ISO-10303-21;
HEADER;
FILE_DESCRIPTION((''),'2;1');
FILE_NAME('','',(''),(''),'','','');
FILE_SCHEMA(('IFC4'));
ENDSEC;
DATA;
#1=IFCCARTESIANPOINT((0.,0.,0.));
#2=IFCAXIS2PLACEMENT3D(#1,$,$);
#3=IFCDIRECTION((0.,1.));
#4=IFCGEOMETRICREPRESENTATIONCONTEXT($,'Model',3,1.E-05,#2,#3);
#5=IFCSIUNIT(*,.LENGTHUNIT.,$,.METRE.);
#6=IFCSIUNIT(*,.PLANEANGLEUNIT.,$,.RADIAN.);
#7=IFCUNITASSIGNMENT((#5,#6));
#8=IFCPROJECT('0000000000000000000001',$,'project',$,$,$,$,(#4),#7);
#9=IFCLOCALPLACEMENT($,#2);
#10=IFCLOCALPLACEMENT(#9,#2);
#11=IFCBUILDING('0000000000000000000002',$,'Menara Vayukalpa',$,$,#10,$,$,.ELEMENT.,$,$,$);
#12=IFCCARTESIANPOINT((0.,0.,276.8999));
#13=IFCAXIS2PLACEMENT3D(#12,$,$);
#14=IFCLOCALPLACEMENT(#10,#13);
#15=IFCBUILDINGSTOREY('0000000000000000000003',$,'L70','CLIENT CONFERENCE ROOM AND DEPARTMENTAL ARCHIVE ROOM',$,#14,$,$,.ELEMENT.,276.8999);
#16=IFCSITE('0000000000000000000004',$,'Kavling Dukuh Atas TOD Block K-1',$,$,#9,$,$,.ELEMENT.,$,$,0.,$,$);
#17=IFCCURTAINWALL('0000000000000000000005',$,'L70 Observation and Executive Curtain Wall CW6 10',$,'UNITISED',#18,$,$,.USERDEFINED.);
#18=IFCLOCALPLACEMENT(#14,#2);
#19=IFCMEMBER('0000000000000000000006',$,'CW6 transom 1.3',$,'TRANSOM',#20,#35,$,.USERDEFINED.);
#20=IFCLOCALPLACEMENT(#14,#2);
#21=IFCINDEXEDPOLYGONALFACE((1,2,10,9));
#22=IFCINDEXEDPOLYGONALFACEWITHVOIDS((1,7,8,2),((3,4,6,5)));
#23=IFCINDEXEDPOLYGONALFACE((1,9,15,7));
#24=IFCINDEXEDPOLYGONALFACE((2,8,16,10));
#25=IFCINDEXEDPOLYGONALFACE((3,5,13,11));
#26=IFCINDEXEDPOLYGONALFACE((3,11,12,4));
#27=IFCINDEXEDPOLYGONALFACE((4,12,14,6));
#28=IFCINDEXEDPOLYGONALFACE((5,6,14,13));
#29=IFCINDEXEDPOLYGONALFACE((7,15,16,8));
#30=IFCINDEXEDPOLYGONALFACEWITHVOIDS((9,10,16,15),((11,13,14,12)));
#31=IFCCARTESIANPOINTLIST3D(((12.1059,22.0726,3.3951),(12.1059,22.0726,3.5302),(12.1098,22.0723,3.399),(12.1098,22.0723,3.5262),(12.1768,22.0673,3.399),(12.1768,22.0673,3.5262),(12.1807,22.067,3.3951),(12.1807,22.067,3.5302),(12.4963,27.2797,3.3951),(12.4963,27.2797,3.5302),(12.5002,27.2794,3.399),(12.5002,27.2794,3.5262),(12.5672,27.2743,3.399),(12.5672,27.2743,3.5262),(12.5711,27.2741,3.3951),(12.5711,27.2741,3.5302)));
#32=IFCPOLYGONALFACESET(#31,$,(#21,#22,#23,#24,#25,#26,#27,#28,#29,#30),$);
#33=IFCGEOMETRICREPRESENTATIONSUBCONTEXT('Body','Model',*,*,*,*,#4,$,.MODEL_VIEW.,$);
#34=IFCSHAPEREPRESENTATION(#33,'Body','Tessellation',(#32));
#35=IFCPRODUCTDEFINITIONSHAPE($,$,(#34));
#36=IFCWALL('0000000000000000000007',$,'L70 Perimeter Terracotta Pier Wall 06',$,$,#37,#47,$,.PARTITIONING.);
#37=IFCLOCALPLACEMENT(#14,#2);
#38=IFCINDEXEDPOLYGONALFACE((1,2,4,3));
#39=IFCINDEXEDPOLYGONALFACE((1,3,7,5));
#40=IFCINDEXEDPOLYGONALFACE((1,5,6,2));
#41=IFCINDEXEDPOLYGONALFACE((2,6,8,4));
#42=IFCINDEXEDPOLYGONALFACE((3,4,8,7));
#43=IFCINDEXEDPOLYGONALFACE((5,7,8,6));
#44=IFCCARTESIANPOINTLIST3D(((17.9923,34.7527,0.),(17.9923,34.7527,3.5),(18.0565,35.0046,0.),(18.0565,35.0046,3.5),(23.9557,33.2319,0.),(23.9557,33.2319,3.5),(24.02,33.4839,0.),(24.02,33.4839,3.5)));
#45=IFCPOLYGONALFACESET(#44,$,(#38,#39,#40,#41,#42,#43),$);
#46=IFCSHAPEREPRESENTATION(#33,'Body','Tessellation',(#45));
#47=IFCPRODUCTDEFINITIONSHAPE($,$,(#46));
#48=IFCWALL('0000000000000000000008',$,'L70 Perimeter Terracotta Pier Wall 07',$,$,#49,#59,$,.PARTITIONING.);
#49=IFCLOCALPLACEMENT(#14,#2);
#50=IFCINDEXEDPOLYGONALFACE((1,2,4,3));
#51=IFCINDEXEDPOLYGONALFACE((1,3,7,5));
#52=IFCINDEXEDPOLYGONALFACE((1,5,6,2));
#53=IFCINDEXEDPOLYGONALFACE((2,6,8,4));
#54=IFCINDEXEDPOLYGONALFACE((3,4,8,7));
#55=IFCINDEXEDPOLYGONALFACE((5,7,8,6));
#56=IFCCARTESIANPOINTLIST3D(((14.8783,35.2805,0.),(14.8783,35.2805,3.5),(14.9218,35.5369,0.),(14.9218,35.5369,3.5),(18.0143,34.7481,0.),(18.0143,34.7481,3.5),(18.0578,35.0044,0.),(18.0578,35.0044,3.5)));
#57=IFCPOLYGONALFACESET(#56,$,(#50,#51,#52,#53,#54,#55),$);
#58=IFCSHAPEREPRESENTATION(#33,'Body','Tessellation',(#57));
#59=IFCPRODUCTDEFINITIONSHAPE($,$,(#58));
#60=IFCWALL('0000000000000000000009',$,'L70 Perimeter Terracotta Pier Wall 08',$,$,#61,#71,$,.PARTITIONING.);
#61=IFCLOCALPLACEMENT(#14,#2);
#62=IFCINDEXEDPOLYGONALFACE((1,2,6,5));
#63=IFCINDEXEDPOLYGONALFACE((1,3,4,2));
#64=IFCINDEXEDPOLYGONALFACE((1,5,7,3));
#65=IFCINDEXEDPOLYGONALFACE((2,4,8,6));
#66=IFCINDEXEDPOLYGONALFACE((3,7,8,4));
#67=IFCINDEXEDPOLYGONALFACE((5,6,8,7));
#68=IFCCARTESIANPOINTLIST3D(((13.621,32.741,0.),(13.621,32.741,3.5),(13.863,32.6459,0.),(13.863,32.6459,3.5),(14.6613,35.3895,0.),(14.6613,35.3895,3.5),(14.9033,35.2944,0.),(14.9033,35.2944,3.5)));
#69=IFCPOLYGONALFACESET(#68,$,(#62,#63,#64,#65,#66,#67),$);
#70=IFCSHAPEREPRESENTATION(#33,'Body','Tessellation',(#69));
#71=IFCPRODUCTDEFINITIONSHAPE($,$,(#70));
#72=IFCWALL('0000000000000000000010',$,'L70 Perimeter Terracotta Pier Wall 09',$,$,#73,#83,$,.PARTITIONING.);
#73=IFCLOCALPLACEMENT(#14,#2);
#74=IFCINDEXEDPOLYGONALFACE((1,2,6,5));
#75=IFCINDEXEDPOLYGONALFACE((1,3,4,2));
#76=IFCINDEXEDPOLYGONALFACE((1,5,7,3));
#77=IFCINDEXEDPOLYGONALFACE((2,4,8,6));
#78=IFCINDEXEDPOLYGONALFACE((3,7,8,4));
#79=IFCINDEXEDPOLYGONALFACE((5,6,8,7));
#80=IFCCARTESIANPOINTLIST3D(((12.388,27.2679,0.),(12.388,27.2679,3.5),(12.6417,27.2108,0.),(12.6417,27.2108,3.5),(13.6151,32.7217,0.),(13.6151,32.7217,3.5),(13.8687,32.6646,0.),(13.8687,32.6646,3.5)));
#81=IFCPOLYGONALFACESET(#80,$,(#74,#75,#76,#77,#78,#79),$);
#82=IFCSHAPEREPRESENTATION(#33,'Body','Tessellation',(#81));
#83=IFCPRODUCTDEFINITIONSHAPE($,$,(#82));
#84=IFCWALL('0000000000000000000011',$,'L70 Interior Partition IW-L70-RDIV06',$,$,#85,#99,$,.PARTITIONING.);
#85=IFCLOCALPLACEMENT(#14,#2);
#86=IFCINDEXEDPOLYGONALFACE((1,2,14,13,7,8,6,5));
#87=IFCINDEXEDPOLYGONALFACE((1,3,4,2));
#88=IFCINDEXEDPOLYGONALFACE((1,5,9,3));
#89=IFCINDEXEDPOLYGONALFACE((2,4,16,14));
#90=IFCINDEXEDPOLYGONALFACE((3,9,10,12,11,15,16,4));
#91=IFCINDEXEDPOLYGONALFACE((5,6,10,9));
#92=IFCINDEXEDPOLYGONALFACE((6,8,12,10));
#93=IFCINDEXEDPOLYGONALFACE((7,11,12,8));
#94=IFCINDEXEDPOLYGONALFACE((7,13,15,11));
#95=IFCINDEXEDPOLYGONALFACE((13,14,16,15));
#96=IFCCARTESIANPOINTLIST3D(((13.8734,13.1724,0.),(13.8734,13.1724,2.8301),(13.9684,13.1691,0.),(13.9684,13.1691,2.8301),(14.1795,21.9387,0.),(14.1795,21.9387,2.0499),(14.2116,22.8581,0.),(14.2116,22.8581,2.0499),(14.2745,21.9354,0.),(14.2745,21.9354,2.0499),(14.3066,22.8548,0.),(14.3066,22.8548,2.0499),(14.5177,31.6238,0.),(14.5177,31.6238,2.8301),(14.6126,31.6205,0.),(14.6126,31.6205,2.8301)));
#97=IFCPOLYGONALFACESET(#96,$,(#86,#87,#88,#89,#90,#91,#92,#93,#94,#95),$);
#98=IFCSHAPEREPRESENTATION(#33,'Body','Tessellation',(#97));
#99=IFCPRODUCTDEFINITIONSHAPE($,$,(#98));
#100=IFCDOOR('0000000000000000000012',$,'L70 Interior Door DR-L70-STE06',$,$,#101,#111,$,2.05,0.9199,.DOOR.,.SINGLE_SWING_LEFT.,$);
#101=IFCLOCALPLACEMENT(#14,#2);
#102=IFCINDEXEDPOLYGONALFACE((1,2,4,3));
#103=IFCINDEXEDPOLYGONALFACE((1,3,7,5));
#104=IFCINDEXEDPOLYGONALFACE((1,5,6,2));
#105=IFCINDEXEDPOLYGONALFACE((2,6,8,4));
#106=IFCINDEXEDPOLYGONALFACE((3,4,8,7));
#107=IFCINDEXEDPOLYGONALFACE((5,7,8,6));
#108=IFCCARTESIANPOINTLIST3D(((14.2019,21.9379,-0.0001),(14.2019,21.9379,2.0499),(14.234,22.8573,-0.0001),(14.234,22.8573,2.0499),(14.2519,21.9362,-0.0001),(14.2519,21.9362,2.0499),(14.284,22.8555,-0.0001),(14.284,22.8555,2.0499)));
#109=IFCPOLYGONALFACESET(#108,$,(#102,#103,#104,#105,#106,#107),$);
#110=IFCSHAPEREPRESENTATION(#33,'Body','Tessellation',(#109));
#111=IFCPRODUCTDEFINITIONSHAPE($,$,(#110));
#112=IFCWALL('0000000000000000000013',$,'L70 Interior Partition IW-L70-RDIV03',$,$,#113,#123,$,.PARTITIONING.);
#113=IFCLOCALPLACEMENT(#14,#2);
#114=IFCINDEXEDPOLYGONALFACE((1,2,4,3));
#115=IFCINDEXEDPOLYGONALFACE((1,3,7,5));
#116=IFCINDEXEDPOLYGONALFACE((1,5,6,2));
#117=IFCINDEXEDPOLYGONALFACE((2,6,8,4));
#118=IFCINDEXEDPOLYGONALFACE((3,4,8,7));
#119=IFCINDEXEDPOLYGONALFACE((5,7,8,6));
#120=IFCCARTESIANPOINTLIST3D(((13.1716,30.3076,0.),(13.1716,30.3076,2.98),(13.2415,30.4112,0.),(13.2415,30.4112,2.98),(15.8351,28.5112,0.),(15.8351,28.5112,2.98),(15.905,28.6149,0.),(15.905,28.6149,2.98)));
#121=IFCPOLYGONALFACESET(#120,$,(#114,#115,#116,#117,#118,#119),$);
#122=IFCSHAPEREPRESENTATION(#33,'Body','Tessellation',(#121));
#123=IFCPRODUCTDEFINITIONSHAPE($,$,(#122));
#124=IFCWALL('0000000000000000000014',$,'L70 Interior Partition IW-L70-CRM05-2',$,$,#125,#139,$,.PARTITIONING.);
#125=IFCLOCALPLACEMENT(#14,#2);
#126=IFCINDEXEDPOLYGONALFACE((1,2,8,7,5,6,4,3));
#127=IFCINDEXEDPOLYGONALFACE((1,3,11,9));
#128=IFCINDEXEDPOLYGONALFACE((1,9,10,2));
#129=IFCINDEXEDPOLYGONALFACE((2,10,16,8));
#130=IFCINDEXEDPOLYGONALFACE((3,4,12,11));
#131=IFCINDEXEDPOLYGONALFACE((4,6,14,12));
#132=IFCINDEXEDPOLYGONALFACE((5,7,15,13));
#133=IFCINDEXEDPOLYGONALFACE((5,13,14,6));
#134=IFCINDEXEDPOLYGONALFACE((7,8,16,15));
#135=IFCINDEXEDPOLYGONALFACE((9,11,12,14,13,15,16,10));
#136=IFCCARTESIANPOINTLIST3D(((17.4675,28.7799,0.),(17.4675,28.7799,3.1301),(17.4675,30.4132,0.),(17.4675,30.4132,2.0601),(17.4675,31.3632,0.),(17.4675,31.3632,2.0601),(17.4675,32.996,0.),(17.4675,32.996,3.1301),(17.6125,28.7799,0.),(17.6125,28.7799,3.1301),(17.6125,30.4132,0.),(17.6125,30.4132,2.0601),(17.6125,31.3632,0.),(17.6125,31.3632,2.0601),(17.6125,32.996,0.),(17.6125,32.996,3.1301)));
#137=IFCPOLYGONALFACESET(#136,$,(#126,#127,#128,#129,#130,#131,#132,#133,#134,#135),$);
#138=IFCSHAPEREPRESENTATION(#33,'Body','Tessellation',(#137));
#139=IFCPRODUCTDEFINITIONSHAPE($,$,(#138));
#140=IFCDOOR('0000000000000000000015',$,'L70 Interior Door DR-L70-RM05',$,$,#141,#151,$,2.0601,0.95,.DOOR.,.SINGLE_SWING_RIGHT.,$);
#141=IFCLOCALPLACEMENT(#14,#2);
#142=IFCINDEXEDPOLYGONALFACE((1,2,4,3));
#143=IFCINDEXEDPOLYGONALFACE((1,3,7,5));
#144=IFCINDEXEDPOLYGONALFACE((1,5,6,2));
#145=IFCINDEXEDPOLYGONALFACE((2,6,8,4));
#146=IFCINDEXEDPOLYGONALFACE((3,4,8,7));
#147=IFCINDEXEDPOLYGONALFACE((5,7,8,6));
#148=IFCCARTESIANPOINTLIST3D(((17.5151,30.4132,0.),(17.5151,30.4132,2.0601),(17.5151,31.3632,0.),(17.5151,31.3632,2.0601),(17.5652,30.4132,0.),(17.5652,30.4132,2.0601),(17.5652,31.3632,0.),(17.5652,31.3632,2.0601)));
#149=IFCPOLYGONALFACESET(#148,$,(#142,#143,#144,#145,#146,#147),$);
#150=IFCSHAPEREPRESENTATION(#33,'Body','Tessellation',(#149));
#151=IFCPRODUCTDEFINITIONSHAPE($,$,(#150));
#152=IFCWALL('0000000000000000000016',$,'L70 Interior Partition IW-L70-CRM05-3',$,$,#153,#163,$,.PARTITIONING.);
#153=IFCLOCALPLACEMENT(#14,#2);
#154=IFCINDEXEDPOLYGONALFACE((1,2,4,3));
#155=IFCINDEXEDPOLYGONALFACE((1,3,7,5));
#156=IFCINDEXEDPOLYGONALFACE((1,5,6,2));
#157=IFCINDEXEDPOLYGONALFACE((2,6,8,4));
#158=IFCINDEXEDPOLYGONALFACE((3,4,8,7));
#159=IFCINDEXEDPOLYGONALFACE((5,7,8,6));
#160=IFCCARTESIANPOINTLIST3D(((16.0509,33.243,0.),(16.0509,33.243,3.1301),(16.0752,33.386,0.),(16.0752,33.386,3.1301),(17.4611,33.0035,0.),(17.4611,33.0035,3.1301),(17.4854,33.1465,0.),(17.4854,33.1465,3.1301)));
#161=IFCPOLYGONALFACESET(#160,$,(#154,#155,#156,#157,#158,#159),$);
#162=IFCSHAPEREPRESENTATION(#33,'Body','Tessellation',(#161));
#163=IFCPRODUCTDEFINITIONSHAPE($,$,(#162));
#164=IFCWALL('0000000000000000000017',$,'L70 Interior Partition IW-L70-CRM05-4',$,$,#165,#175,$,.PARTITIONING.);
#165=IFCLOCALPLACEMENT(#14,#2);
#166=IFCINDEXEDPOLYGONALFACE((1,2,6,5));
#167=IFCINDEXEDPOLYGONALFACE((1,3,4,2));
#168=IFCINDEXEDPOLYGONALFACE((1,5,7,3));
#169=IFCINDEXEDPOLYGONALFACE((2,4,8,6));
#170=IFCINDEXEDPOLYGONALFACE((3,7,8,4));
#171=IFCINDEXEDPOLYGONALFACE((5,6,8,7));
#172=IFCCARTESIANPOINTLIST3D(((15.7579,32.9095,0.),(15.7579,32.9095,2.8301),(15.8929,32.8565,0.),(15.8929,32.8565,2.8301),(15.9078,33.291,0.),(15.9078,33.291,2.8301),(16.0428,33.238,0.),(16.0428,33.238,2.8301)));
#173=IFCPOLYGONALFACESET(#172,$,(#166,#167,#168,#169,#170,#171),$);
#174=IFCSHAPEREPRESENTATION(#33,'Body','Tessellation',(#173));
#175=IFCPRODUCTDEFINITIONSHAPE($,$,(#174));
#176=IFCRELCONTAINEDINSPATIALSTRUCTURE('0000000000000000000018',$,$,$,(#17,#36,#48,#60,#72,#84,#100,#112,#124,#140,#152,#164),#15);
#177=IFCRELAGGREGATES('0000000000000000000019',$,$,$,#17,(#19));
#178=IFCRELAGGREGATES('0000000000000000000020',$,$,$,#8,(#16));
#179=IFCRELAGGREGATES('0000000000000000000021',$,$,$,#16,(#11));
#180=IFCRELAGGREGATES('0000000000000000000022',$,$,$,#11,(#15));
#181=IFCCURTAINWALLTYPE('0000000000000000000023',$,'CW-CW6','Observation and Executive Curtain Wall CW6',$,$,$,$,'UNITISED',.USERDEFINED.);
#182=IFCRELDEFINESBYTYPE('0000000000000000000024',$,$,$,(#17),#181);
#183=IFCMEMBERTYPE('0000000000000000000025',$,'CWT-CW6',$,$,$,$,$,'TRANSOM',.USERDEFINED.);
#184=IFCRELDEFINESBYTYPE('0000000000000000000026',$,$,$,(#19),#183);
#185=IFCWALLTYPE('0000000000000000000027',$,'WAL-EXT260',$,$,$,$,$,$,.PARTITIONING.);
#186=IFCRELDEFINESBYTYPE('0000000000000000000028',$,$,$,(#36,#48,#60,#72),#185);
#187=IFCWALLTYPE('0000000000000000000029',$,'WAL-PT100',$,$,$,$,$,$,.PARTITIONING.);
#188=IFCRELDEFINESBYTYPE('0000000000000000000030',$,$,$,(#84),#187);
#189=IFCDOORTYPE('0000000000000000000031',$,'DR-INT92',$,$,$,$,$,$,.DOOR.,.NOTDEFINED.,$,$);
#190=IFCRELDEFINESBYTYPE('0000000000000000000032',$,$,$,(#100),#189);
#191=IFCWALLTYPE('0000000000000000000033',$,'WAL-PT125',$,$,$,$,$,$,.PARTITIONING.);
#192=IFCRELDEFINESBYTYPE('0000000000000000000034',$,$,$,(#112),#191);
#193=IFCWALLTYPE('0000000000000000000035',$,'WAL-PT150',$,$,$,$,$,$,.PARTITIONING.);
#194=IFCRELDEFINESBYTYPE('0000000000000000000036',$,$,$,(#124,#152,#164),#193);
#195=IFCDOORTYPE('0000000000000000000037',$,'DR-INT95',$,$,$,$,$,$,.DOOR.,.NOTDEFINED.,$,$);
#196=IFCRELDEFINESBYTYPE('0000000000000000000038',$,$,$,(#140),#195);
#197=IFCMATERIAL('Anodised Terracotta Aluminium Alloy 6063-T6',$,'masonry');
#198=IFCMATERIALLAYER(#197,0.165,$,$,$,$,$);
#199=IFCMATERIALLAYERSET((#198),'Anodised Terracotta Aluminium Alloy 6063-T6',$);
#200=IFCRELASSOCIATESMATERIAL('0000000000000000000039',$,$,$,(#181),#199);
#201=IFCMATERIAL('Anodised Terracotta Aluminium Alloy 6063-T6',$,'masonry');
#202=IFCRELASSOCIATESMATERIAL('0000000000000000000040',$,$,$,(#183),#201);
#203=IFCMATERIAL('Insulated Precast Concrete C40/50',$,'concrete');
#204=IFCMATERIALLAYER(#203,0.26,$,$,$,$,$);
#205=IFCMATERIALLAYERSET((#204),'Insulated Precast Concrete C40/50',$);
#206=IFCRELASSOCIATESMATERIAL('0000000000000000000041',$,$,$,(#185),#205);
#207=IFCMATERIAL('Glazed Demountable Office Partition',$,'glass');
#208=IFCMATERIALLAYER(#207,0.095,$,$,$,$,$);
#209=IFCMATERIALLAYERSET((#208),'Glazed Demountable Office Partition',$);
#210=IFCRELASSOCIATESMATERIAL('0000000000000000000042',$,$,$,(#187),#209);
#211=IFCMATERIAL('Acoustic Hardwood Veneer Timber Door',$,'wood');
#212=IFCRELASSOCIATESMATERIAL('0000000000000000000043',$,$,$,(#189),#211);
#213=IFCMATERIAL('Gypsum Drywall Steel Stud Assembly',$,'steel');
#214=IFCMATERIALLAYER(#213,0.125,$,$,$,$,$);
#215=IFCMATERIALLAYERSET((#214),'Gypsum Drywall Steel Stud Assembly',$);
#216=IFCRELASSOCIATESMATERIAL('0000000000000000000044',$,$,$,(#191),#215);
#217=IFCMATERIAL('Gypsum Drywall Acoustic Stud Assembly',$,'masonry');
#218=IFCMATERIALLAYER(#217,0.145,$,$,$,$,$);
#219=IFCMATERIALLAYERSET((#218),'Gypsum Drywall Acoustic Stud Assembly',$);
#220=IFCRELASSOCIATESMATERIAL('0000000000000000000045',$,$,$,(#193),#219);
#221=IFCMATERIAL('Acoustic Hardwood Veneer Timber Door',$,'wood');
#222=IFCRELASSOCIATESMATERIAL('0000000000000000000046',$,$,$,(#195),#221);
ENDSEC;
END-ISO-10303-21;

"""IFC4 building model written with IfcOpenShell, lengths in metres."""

from ifc_helpers import new_model, si_unit, direction, frame, frame_2d, origin, origin_2d, place, context, subcontext, project, spatial, rectangle, hollow_rectangle, extrude, material, layer, layer_set, material_profile, profile_set, type_object, element, fill, aggregate, save


model = new_model("IFC4")

# Units and contexts
model_context = context("Model", 3, precision=1e-05, world=origin(), true_north=direction((0.0, 1.0)))
body_context = subcontext(model_context, "Body", "Model", "MODEL_VIEW")
ifc_project = project(units=[si_unit("LENGTHUNIT", "METRE"), si_unit("PLANEANGLEUNIT", "RADIAN")], contexts=[model_context])

# Site, building, storey
site_placement = place(None, origin())
site = spatial("IfcSite", under=ifc_project, at=site_placement, Name="Kavling Dukuh Atas TOD Block K-1", CompositionType="ELEMENT", RefElevation=0.0)
building_placement = place(site_placement, origin())
building = spatial("IfcBuilding", under=site, at=building_placement, Name="Menara Vayukalpa", CompositionType="ELEMENT")
storey_placement = place(building_placement, frame((0.0, 0.0, 276.8999)))
storey = spatial("IfcBuildingStorey", under=building, at=storey_placement, Name="L70", Description="CLIENT CONFERENCE ROOM AND DEPARTMENTAL ARCHIVE ROOM", CompositionType="ELEMENT", Elevation=276.8999)

# Curtain wall, member
ifc_material_1 = material(Name="Anodised Terracotta Aluminium Alloy 6063-T6", Category="masonry")
ifc_layer_1 = layer(ifc_material_1, 0.165)
ifc_layer_set_1 = layer_set([ifc_layer_1], Name="Anodised Terracotta Aluminium Alloy 6063-T6")
curtain_wall_type = type_object("IfcCurtainWallType", Name="CW-CW6", Description="Observation and Executive Curtain Wall CW6", ElementType="UNITISED", PredefinedType="USERDEFINED", material=ifc_layer_set_1)
curtain_wall_placement = place(storey_placement, origin())
curtain_wall = element("IfcCurtainWall", 1, at=curtain_wall_placement, inside=storey, type_object=curtain_wall_type, Name="L70 Observation and Executive Curtain Wall CW6 10", ObjectType="UNITISED", PredefinedType="USERDEFINED")
ifc_material_2 = material(Name="Anodised Terracotta Aluminium Alloy 6063-T6", Category="masonry")
ifc_material_profile_1 = material_profile(ifc_material_2, hollow_rectangle(XDim=0.075, YDim=0.135, WallThickness=0.0039, at=origin_2d()), Name="ALU 75x135x4")
ifc_profile_set_1 = profile_set([ifc_material_profile_1], Name="Anodised Terracotta Aluminium Alloy 6063-T6")
member_type_1 = type_object("IfcMemberType", Name="CWT-CW6", ElementType="TRANSOM", PredefinedType="USERDEFINED", material=ifc_profile_set_1)
member_1_placement = place(storey_placement, frame((12.5337, 27.2769, 3.4626), z_axis=(-0.074762, -0.997201, 0.0), x_axis=(0.997201, -0.074762, 0.0)))
member_1 = element("IfcMember", 2, at=member_1_placement, type_object=member_type_1, Name="CW6 transom 1.3", ObjectType="TRANSOM", PredefinedType="USERDEFINED", context=body_context, shape_type="SweptSolid", body=[
    extrude(hollow_rectangle(XDim=0.075, YDim=0.135, WallThickness=0.0039, at=origin_2d()), origin(), (0.0, 0.0, 1.0), 5.2217),
])
aggregate(curtain_wall, [member_1])

# Walls
ifc_material_3 = material(Name="Insulated Precast Concrete C40/50", Category="concrete")
ifc_layer_2 = layer(ifc_material_3, 0.26)
ifc_layer_set_2 = layer_set([ifc_layer_2], Name="Insulated Precast Concrete C40/50")
wall_type_1 = type_object("IfcWallType", Name="WAL-EXT260", PredefinedType="PARTITIONING", material=ifc_layer_set_2)
wall_1_placement = place(storey_placement, frame((18.0244, 34.8787, 0.0), z_axis=(0.0, 0.0, 1.0), x_axis=(0.968988, -0.247107, 0.0)))
element("IfcWall", 3, at=wall_1_placement, inside=storey, type_object=wall_type_1, Name="L70 Perimeter Terracotta Pier Wall 06", PredefinedType="PARTITIONING", context=body_context, shape_type="SweptSolid", body=[
    extrude(rectangle(XDim=6.1543, YDim=0.26, at=frame_2d((3.0771, 0.0))), origin(), (0.0, 0.0, 1.0), 3.5),
])
wall_2_placement = place(storey_placement, frame((14.9001, 35.4087, 0.0), z_axis=(0.0, 0.0, 1.0), x_axis=(0.985889, -0.167398, 0.0)))
element("IfcWall", 4, at=wall_2_placement, inside=storey, type_object=wall_type_1, Name="L70 Perimeter Terracotta Pier Wall 07", PredefinedType="PARTITIONING", context=body_context, shape_type="SweptSolid", body=[
    extrude(rectangle(XDim=3.1809, YDim=0.26, at=frame_2d((1.5903, 0.0))), origin(), (0.0, 0.0, 1.0), 3.5),
])
wall_3_placement = place(storey_placement, frame((13.7419, 32.6934, 0.0), z_axis=(0.0, 0.0, 1.0), x_axis=(0.365599, 0.930772, 0.0)))
element("IfcWall", 5, at=wall_3_placement, inside=storey, type_object=wall_type_1, Name="L70 Perimeter Terracotta Pier Wall 08", PredefinedType="PARTITIONING", context=body_context, shape_type="SweptSolid", body=[
    extrude(rectangle(XDim=2.8455, YDim=0.26, at=frame_2d((1.4229, 0.0))), origin(), (0.0, 0.0, 1.0), 3.5),
])
wall_4_placement = place(storey_placement, frame((12.5149, 27.2395, 0.0), z_axis=(0.0, 0.0, 1.0), x_axis=(0.219501, 0.975612, 0.0)))
element("IfcWall", 6, at=wall_4_placement, inside=storey, type_object=wall_type_1, Name="L70 Perimeter Terracotta Pier Wall 09", PredefinedType="PARTITIONING", context=body_context, shape_type="SweptSolid", body=[
    extrude(rectangle(XDim=5.5901, YDim=0.26, at=frame_2d((2.7949, 0.0))), origin(), (0.0, 0.0, 1.0), 3.5),
])

# Wall, opening, door
ifc_material_4 = material(Name="Glazed Demountable Office Partition", Category="glass")
ifc_layer_3 = layer(ifc_material_4, 0.095)
ifc_layer_set_3 = layer_set([ifc_layer_3], Name="Glazed Demountable Office Partition")
wall_type_2 = type_object("IfcWallType", Name="WAL-PT100", PredefinedType="PARTITIONING", material=ifc_layer_set_3)
wall_5_placement = place(storey_placement, frame((14.5652, 31.6223, 0.0), z_axis=(0.0, 0.0, 1.0), x_axis=(-0.034897, -0.999391, 0.0)))
wall_5 = element("IfcWall", 7, at=wall_5_placement, inside=storey, type_object=wall_type_2, Name="L70 Interior Partition IW-L70-RDIV06", PredefinedType="PARTITIONING", context=body_context, shape_type="SweptSolid", body=[
    extrude(rectangle(XDim=18.4626, YDim=0.095, at=frame_2d((9.2314, 0.0))), origin(), (0.0, 0.0, 1.0), 2.8301),
])
opening_1_placement = place(wall_5_placement, frame((8.7712, 0.0, 0.0)))
opening_1 = element("IfcOpeningElement", 8, at=opening_1_placement, cuts=wall_5, PredefinedType="OPENING", context=body_context, shape_type="SweptSolid", body=[
    extrude(rectangle(XDim=0.9199, YDim=2.05, at=frame_2d((0.46, 1.0249))), frame((0.0, 0.0574, 0.0), z_axis=(0.0, -1.0, 0.0), x_axis=(1.0, 0.0, 0.0)), (0.0, 0.0, 1.0), 0.115),
])
ifc_material_5 = material(Name="Acoustic Hardwood Veneer Timber Door", Category="wood")
door_type_1 = type_object("IfcDoorType", Name="DR-INT92", OperationType="NOTDEFINED", PredefinedType="DOOR", material=ifc_material_5)
door_1_placement = place(opening_1_placement, origin())
door_1 = element("IfcDoor", 9, at=door_1_placement, inside=storey, type_object=door_type_1, Name="L70 Interior Door DR-L70-STE06", OperationType="SINGLE_SWING_LEFT", OverallHeight=2.05, OverallWidth=0.9199, PredefinedType="DOOR", context=body_context, shape_type="SweptSolid", body=[
    extrude(rectangle(XDim=0.9199, YDim=2.05, at=frame_2d((0.46, 1.0249))), frame((0.0, 0.0249, 0.0), z_axis=(0.0, -1.0, 0.0), x_axis=(1.0, 0.0, 0.0)), (0.0, 0.0, 1.0), 0.05),
])
fill(opening_1, door_1)

# Wall
ifc_material_6 = material(Name="Gypsum Drywall Steel Stud Assembly", Category="steel")
ifc_layer_4 = layer(ifc_material_6, 0.125)
ifc_layer_set_4 = layer_set([ifc_layer_4], Name="Gypsum Drywall Steel Stud Assembly")
wall_type_3 = type_object("IfcWallType", Name="WAL-PT125", PredefinedType="PARTITIONING", material=ifc_layer_set_4)
wall_6_placement = place(storey_placement, frame((15.8701, 28.563, 0.0), z_axis=(0.0, 0.0, 1.0), x_axis=(-0.829069, 0.559147, 0.0)))
element("IfcWall", 10, at=wall_6_placement, inside=storey, type_object=wall_type_3, Name="L70 Interior Partition IW-L70-RDIV03", PredefinedType="PARTITIONING", context=body_context, shape_type="SweptSolid", body=[
    extrude(rectangle(XDim=3.2126, YDim=0.125, at=frame_2d((1.6064, 0.0))), origin(), (0.0, 0.0, 1.0), 2.98),
])

# Wall, opening, door
ifc_material_7 = material(Name="Gypsum Drywall Acoustic Stud Assembly", Category="masonry")
ifc_layer_5 = layer(ifc_material_7, 0.145)
ifc_layer_set_5 = layer_set([ifc_layer_5], Name="Gypsum Drywall Acoustic Stud Assembly")
wall_type_4 = type_object("IfcWallType", Name="WAL-PT150", PredefinedType="PARTITIONING", material=ifc_layer_set_5)
wall_7_placement = place(storey_placement, frame((17.54, 28.78, 0.0), z_axis=(0.0, 0.0, 1.0), x_axis=(0.0, 1.0, 0.0)))
wall_7 = element("IfcWall", 11, at=wall_7_placement, inside=storey, type_object=wall_type_4, Name="L70 Interior Partition IW-L70-CRM05-2", PredefinedType="PARTITIONING", context=body_context, shape_type="SweptSolid", body=[
    extrude(rectangle(XDim=4.2161, YDim=0.145, at=frame_2d((2.1079, 0.0))), origin(), (0.0, 0.0, 1.0), 3.1301),
])
opening_2_placement = place(wall_7_placement, frame((1.6331, 0.0, 0.0)))
opening_2 = element("IfcOpeningElement", 12, at=opening_2_placement, cuts=wall_7, PredefinedType="OPENING", context=body_context, shape_type="SweptSolid", body=[
    extrude(rectangle(XDim=0.95, YDim=2.0601, at=frame_2d((0.4751, 1.03))), frame((0.0, 0.0825, 0.0), z_axis=(0.0, -1.0, 0.0), x_axis=(1.0, 0.0, 0.0)), (0.0, 0.0, 1.0), 0.165),
])
ifc_material_8 = material(Name="Acoustic Hardwood Veneer Timber Door", Category="wood")
door_type_2 = type_object("IfcDoorType", Name="DR-INT95", OperationType="NOTDEFINED", PredefinedType="DOOR", material=ifc_material_8)
door_2_placement = place(opening_2_placement, origin())
door_2 = element("IfcDoor", 13, at=door_2_placement, inside=storey, type_object=door_type_2, Name="L70 Interior Door DR-L70-RM05", OperationType="SINGLE_SWING_RIGHT", OverallHeight=2.0601, OverallWidth=0.95, PredefinedType="DOOR", context=body_context, shape_type="SweptSolid", body=[
    extrude(rectangle(XDim=0.95, YDim=2.0601, at=frame_2d((0.4751, 1.03))), frame((0.0, 0.0249, 0.0), z_axis=(0.0, -1.0, 0.0), x_axis=(1.0, 0.0, 0.0)), (0.0, 0.0, 1.0), 0.05),
])
fill(opening_2, door_2)

# Walls
wall_8_placement = place(storey_placement, frame((17.4734, 33.075, 0.0), z_axis=(0.0, 0.0, 1.0), x_axis=(-0.985882, 0.167443, 0.0)))
element("IfcWall", 14, at=wall_8_placement, inside=storey, type_object=wall_type_4, Name="L70 Interior Partition IW-L70-CRM05-3", PredefinedType="PARTITIONING", context=body_context, shape_type="SweptSolid", body=[
    extrude(rectangle(XDim=1.4304, YDim=0.145, at=frame_2d((0.7153, 0.0))), origin(), (0.0, 0.0, 1.0), 3.1301),
])
wall_9_placement = place(storey_placement, frame((15.9753, 33.2646, 0.0), z_axis=(0.0, 0.0, 1.0), x_axis=(-0.365634, -0.930759, 0.0)))
element("IfcWall", 15, at=wall_9_placement, inside=storey, type_object=wall_type_4, Name="L70 Interior Partition IW-L70-CRM05-4", PredefinedType="PARTITIONING", context=body_context, shape_type="SweptSolid", body=[
    extrude(rectangle(XDim=0.4099, YDim=0.145, at=frame_2d((0.2051, 0.0))), origin(), (0.0, 0.0, 1.0), 2.8301),
])

save(model, "model.ifc")
